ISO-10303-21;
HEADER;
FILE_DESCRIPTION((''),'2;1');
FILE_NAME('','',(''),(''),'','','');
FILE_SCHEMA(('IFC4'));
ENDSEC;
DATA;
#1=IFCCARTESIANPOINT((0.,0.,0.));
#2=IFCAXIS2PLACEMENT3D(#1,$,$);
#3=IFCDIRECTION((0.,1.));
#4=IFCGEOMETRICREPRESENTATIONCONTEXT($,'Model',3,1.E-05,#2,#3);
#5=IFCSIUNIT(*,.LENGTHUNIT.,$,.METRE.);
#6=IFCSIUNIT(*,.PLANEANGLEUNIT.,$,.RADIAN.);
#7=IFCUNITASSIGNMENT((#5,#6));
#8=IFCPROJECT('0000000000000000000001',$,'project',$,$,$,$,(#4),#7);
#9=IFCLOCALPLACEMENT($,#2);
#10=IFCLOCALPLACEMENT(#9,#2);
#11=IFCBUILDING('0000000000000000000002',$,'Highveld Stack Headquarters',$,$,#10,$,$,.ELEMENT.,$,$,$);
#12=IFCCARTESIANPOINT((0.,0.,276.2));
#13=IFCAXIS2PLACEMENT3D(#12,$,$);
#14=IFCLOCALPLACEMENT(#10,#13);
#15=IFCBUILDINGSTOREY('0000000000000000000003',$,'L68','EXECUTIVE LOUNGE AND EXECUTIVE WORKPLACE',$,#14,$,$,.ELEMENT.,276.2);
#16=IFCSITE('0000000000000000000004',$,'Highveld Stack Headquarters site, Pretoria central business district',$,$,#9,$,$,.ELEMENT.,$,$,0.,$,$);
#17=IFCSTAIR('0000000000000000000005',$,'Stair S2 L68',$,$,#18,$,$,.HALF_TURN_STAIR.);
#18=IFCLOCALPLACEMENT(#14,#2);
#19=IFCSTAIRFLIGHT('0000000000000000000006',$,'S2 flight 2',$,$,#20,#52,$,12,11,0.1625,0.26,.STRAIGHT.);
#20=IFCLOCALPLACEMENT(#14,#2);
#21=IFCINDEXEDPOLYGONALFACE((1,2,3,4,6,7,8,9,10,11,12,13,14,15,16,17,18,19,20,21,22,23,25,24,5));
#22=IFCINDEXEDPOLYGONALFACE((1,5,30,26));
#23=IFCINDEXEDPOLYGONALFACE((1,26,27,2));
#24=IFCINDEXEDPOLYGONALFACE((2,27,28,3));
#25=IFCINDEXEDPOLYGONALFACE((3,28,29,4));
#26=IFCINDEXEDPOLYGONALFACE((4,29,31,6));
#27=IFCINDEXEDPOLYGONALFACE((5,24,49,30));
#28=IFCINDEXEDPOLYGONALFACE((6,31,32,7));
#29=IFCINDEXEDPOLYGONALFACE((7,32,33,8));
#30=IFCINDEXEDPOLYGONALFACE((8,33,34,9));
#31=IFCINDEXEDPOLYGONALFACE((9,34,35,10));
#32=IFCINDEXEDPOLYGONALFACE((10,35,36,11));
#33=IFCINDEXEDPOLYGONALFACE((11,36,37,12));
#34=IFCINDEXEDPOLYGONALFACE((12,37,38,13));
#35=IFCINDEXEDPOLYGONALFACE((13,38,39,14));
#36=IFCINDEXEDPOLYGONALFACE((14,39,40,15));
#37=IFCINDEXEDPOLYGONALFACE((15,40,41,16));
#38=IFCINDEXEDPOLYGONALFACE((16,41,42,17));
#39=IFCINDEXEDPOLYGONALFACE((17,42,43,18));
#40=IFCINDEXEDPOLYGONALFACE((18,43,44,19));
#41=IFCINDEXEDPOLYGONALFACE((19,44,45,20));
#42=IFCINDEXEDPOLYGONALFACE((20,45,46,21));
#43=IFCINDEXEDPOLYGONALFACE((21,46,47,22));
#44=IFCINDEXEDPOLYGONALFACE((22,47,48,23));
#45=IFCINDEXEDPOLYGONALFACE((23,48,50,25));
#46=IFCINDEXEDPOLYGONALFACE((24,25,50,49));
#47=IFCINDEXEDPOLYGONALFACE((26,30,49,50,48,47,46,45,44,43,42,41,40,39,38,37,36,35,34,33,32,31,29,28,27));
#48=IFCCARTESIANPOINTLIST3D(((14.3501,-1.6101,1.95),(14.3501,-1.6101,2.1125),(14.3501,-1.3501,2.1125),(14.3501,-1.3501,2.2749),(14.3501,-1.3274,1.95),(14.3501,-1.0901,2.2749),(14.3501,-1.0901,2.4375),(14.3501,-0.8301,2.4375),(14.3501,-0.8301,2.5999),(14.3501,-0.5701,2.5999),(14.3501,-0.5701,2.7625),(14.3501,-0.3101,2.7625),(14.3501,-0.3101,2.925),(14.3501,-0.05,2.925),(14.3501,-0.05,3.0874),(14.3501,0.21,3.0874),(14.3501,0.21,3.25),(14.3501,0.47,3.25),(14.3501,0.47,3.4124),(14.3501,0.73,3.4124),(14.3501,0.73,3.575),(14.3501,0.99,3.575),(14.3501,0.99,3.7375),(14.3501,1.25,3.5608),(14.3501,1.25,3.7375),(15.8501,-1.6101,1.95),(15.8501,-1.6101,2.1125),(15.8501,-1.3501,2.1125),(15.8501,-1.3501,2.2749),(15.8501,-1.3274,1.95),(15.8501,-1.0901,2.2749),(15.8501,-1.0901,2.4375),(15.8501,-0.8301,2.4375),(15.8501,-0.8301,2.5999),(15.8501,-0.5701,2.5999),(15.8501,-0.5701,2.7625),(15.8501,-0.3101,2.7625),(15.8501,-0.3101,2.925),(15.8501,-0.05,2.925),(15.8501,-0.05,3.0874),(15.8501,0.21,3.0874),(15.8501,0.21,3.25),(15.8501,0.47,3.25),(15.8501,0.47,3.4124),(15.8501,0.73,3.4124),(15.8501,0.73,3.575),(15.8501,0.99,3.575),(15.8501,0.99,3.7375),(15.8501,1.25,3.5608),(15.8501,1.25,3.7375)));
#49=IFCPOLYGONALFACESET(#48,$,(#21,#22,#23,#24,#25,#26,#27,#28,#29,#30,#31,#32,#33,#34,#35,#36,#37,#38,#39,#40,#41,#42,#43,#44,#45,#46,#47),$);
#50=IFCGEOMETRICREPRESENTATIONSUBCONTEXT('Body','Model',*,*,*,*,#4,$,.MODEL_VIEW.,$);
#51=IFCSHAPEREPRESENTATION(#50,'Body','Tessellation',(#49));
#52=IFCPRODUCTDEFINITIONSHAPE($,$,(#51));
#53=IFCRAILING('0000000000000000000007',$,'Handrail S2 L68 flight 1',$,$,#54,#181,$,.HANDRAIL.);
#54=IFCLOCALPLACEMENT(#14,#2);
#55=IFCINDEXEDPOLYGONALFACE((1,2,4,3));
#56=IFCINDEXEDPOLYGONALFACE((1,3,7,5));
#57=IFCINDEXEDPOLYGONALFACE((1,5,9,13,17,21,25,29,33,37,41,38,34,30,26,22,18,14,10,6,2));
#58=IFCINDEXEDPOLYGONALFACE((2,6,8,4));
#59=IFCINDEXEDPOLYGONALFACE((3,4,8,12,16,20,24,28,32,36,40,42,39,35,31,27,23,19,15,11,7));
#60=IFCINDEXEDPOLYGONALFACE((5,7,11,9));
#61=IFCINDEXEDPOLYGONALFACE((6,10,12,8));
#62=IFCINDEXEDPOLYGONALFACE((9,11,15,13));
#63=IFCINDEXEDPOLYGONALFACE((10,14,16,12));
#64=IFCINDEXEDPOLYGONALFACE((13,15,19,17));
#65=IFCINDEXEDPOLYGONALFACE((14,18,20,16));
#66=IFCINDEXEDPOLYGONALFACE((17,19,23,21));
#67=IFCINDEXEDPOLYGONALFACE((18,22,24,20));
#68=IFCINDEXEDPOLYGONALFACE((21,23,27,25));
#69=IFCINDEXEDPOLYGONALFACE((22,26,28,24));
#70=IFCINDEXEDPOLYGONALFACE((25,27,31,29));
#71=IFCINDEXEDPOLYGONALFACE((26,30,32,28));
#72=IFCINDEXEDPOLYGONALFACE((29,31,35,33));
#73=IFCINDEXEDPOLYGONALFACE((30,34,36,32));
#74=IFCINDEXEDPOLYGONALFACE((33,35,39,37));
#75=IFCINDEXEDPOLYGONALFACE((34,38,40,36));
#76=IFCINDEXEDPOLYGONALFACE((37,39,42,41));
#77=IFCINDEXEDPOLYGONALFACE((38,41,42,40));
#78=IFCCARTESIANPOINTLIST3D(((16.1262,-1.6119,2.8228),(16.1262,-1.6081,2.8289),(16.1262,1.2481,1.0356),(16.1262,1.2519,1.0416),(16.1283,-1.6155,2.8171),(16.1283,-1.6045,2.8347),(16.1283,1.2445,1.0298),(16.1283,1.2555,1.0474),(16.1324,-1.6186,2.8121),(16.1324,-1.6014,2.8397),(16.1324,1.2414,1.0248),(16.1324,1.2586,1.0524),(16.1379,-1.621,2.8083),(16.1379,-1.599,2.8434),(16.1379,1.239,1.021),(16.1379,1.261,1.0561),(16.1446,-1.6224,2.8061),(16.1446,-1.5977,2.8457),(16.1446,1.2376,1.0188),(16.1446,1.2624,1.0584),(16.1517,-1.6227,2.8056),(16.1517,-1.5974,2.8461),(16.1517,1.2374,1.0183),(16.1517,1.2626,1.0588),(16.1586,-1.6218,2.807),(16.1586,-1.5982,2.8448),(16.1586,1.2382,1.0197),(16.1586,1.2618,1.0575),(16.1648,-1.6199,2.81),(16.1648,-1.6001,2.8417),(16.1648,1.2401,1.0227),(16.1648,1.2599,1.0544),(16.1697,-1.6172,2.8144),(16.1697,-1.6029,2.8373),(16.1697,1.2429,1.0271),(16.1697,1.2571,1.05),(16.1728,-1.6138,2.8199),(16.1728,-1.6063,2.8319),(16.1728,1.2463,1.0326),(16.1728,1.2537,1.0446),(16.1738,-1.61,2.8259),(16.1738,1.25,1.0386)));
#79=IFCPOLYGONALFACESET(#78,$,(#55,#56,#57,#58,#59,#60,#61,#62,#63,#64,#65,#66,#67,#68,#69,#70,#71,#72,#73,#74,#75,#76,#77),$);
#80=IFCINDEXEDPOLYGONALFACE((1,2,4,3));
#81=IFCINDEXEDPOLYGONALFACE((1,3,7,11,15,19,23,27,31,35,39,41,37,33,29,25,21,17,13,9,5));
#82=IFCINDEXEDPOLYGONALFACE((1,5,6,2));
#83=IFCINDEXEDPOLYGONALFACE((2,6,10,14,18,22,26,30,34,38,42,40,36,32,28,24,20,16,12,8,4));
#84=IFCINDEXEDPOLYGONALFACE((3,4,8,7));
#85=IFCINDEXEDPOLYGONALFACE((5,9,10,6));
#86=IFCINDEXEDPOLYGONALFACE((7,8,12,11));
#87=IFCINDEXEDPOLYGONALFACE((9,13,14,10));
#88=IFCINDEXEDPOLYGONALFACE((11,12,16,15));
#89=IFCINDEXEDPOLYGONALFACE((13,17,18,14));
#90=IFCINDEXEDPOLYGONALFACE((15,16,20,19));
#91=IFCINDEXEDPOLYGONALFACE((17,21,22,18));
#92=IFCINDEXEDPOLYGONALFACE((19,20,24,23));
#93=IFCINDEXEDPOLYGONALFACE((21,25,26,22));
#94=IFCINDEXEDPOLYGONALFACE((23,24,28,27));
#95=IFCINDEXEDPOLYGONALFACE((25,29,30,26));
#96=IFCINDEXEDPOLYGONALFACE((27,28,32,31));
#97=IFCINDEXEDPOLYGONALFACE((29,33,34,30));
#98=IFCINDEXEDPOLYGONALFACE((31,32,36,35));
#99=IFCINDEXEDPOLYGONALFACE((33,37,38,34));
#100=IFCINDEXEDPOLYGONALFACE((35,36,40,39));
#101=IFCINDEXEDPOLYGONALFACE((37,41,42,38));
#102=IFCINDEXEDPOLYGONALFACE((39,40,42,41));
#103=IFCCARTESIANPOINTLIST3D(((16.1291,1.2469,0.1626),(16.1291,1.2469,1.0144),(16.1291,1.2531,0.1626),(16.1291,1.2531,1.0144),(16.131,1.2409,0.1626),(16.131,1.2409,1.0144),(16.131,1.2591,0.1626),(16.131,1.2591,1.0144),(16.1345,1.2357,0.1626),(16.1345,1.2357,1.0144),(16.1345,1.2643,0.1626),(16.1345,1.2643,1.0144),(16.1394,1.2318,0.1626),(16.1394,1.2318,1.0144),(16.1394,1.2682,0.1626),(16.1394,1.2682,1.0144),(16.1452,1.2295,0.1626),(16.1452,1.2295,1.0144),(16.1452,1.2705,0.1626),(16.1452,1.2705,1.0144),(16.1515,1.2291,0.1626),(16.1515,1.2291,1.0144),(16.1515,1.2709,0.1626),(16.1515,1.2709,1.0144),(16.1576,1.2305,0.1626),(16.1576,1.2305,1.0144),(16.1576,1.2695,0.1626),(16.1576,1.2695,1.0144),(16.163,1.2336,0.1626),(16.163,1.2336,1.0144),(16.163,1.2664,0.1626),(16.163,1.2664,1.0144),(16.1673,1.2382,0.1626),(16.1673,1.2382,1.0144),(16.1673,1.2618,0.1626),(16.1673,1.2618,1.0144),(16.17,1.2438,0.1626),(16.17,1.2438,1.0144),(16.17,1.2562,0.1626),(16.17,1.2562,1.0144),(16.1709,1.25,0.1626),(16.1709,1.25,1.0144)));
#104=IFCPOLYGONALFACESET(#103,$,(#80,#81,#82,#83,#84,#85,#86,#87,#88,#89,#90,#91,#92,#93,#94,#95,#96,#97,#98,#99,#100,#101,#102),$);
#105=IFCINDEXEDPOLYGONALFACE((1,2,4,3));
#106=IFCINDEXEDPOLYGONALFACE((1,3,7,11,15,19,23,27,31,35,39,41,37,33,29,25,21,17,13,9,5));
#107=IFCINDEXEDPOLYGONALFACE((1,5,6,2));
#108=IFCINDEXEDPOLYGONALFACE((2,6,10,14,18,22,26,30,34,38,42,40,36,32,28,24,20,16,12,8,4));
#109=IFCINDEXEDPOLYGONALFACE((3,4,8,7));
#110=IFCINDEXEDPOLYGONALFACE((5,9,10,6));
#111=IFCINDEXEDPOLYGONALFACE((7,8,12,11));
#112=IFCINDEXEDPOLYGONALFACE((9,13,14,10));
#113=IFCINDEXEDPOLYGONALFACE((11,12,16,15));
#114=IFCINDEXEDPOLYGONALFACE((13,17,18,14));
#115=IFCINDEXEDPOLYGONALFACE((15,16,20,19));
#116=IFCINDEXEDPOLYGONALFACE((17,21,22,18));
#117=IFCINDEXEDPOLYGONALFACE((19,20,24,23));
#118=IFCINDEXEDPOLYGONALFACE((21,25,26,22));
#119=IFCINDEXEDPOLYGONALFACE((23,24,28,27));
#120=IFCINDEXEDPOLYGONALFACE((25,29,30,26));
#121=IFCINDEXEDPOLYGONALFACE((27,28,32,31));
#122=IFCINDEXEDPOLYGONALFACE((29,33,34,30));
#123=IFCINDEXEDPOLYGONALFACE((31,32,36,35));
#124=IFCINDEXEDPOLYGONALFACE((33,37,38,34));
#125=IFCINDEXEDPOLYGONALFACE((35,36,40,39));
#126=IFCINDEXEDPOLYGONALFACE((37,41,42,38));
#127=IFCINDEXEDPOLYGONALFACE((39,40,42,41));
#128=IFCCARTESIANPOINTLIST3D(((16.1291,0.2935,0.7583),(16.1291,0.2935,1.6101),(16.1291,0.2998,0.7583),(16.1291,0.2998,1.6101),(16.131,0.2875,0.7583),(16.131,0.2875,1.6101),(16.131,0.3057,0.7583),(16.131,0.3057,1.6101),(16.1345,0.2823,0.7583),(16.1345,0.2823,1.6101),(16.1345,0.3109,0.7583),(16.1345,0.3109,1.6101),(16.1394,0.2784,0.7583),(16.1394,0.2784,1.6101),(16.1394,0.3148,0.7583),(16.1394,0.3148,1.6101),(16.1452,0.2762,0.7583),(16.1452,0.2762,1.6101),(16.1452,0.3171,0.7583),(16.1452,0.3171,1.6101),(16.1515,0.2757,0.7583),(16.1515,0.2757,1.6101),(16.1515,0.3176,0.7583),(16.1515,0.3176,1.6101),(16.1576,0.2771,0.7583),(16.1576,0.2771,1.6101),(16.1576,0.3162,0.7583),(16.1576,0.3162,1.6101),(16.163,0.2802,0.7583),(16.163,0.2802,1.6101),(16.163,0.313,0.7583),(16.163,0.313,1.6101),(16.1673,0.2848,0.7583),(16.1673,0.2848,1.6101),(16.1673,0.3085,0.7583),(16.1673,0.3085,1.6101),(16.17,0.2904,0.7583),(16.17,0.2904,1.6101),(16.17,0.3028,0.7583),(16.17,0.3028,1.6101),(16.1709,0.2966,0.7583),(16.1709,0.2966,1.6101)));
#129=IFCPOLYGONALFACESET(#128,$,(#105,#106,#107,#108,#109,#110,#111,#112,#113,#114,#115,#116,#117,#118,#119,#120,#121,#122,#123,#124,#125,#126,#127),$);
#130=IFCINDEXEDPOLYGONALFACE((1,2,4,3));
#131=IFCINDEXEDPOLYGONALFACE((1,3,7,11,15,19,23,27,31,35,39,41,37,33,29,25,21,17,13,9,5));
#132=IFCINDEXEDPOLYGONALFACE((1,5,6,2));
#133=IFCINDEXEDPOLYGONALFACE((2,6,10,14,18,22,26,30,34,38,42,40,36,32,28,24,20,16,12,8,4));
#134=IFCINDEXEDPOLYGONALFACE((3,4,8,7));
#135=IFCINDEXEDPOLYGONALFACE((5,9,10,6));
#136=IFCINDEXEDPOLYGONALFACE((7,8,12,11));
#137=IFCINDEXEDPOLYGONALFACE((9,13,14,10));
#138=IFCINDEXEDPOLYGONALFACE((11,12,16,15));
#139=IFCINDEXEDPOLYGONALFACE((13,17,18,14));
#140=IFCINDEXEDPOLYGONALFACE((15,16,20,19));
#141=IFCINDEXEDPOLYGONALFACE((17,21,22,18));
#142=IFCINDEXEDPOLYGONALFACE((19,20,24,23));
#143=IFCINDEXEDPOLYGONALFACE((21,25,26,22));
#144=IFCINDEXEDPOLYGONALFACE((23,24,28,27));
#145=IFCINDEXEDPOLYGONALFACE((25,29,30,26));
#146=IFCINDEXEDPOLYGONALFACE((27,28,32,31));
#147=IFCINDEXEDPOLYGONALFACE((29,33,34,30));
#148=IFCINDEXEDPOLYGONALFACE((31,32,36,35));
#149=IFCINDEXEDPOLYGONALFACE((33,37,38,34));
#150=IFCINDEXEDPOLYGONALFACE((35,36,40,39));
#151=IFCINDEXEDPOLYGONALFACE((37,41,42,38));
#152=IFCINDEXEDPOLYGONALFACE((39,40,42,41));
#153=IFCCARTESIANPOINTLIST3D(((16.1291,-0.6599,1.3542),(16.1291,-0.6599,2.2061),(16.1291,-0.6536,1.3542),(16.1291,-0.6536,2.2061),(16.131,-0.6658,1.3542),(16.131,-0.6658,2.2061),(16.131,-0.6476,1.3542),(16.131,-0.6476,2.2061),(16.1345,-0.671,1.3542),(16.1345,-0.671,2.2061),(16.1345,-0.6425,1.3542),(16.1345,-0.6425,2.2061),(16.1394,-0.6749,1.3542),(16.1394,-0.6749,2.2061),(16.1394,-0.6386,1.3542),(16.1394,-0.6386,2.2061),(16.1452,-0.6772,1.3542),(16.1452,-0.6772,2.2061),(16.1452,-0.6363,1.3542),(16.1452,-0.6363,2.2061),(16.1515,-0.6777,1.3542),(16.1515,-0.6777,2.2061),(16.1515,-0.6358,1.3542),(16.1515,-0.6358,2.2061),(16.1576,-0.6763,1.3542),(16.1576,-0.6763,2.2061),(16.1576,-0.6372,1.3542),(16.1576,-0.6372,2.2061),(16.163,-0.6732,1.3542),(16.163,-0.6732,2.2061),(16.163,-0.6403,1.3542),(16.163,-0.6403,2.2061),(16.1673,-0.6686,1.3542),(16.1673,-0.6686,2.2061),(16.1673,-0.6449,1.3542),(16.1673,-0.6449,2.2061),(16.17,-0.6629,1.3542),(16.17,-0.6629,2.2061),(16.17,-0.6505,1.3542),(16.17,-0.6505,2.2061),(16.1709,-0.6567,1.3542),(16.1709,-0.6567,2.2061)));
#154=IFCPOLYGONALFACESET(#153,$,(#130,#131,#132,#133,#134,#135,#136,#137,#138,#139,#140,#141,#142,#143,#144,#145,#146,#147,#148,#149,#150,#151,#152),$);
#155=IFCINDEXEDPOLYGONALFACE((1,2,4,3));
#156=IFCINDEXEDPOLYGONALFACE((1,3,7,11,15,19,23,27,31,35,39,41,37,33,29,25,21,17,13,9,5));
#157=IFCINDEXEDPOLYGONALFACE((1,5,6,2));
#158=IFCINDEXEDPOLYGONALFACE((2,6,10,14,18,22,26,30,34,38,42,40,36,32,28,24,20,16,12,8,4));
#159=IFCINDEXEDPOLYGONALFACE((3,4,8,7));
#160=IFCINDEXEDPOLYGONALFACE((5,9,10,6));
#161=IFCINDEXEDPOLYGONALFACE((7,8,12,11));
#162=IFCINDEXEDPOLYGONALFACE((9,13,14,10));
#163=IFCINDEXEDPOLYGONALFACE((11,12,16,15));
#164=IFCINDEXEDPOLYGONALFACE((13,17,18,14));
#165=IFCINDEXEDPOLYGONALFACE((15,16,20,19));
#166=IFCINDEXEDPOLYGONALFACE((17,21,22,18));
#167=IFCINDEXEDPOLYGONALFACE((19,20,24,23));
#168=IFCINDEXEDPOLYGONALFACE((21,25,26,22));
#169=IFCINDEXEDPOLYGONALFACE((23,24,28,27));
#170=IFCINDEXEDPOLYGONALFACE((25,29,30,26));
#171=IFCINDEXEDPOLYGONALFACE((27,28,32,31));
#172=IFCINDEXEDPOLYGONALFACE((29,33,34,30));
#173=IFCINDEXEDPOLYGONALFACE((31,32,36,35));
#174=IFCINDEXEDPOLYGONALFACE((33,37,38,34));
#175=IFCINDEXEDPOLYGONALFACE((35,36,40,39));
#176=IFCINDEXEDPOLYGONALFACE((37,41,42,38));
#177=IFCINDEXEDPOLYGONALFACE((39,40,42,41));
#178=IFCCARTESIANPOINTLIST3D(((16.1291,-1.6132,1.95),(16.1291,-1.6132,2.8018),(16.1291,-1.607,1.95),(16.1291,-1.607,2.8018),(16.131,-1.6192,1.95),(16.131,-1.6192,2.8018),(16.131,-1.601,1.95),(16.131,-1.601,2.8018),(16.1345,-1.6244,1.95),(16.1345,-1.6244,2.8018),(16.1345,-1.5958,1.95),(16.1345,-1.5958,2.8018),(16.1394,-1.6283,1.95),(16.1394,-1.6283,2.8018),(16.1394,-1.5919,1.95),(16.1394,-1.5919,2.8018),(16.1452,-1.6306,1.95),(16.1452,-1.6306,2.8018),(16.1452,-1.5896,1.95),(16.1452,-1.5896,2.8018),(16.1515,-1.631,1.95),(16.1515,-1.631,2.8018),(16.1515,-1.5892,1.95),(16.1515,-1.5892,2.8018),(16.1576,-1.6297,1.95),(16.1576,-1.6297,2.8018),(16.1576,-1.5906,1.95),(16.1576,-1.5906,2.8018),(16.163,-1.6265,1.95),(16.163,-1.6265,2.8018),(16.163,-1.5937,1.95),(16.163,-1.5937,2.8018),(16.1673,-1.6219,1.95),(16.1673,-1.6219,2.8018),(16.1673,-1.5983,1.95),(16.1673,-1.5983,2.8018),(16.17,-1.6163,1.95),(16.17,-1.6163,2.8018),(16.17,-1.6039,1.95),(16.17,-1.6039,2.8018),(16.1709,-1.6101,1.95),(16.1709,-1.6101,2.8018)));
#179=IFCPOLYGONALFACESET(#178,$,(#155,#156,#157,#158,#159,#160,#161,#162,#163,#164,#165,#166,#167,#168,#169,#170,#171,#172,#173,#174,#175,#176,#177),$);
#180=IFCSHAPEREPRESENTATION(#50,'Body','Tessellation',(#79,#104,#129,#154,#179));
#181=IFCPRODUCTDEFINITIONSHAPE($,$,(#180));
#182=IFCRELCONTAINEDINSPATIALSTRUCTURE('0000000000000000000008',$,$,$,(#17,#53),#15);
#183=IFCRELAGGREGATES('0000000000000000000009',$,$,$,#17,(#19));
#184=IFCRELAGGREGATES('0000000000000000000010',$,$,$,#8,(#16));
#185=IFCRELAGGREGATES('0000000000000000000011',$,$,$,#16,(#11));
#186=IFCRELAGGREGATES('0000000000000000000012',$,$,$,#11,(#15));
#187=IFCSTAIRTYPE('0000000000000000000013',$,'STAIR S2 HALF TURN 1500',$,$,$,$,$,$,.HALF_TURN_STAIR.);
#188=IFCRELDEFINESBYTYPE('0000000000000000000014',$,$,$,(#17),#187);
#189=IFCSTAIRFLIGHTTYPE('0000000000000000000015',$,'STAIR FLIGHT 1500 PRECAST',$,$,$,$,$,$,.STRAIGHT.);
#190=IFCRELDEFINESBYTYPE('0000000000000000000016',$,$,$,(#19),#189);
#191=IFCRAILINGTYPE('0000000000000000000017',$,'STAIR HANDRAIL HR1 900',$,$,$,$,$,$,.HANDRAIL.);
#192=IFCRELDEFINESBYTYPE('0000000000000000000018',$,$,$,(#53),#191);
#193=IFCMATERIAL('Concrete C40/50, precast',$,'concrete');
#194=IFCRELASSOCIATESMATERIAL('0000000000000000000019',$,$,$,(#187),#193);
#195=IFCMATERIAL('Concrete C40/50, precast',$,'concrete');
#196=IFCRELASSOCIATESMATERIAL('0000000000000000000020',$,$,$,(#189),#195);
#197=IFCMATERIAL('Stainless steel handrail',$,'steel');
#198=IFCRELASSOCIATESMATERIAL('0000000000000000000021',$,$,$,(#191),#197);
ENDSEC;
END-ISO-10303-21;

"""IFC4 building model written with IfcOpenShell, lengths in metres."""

from ifc_helpers import new_model, si_unit, direction, frame, origin, origin_2d, place, context, subcontext, project, spatial, polyline, circle, outline, extrude, material, type_object, element, aggregate, save


model = new_model("IFC4")

# Units and contexts
model_context = context("Model", 3, precision=1e-05, world=origin(), true_north=direction((0.0, 1.0)))
body_context = subcontext(model_context, "Body", "Model", "MODEL_VIEW")
ifc_project = project(units=[si_unit("LENGTHUNIT", "METRE"), si_unit("PLANEANGLEUNIT", "RADIAN")], contexts=[model_context])

# Site, building, storey
site_placement = place(None, origin())
site = spatial("IfcSite", under=ifc_project, at=site_placement, Name="Highveld Stack Headquarters site, Pretoria central business district", CompositionType="ELEMENT", RefElevation=0.0)
building_placement = place(site_placement, origin())
building = spatial("IfcBuilding", under=site, at=building_placement, Name="Highveld Stack Headquarters", CompositionType="ELEMENT")
storey_placement = place(building_placement, frame((0.0, 0.0, 276.2)))
storey = spatial("IfcBuildingStorey", under=building, at=storey_placement, Name="L68", Description="EXECUTIVE LOUNGE AND EXECUTIVE WORKPLACE", CompositionType="ELEMENT", Elevation=276.2)

# Stair, stair flight
ifc_material_1 = material(Name="Concrete C40/50, precast", Category="concrete")
stair_type = type_object("IfcStairType", Name="STAIR S2 HALF TURN 1500", PredefinedType="HALF_TURN_STAIR", material=ifc_material_1)
stair_placement = place(storey_placement, origin())
stair = element("IfcStair", 1, at=stair_placement, inside=storey, type_object=stair_type, Name="Stair S2 L68", PredefinedType="HALF_TURN_STAIR")
ifc_material_2 = material(Name="Concrete C40/50, precast", Category="concrete")
stair_flight_type = type_object("IfcStairFlightType", Name="STAIR FLIGHT 1500 PRECAST", PredefinedType="STRAIGHT", material=ifc_material_2)
stair_flight_1_placement = place(storey_placement, frame((15.1001, -1.6101, 1.95), z_axis=(0.0, 0.0, 1.0), x_axis=(0.0, 1.0, 0.0)))
stair_flight_1 = element("IfcStairFlight", 2, at=stair_flight_1_placement, type_object=stair_flight_type, Name="S2 flight 2", NumberOfRisers=12, NumberOfTreads=11, PredefinedType="STRAIGHT", RiserHeight=0.1625, TreadLength=0.26, context=body_context, shape_type="SweptSolid", body=[
    extrude(outline(polyline([(0.0, 0.0), (0.0, 0.1626), (0.26, 0.1626), (0.26, 0.325), (0.52, 0.325), (0.52, 0.4875), (0.78, 0.4875), (0.78, 0.6499), (1.04, 0.6499), (1.04, 0.8125), (1.3, 0.8125), (1.3, 0.9751), (1.5601, 0.9751), (1.5601, 1.1375), (1.8201, 1.1375), (1.8201, 1.3), (2.0801, 1.3), (2.0801, 1.4624), (2.3401, 1.4624), (2.3401, 1.625), (2.6001, 1.625), (2.6001, 1.7876), (2.8601, 1.7876), (2.8601, 1.95), (2.8601, 1.6108), (0.2827, 0.0), (0.0, 0.0)])), frame((0.0, 0.75, 0.0), z_axis=(0.0, -1.0, 0.0), x_axis=(1.0, 0.0, 0.0)), (0.0, 0.0, 1.0), 1.5),
])
aggregate(stair, [stair_flight_1])

# Railing
ifc_material_3 = material(Name="Stainless steel handrail", Category="steel")
railing_type = type_object("IfcRailingType", Name="STAIR HANDRAIL HR1 900", PredefinedType="HANDRAIL", material=ifc_material_3)
for number, where, name in (
    (3, (16.1499, 1.25, 0.1626), "Handrail S2 L68 flight 1"),
):
    element("IfcRailing", number, at=place(storey_placement, frame(where)), inside=storey, type_object=railing_type, Name=name, PredefinedType="HANDRAIL", context=body_context, shape_type="SweptSolid", body=[
        extrude(circle(Radius=0.0239, at=origin_2d()), frame((0.0, 0.0, 0.876), z_axis=(0.0, -0.848027, 0.529953), x_axis=(1.0, 0.0, 0.0)), (0.0, 0.0, 1.0), 3.3726),
        extrude(circle(Radius=0.021, at=origin_2d()), origin(), (0.0, 0.0, 1.0), 0.8518),
        extrude(circle(Radius=0.021, at=origin_2d()), frame((0.0, -0.9534, 0.5957)), (0.0, 0.0, 1.0), 0.8518),
        extrude(circle(Radius=0.021, at=origin_2d()), frame((0.0, -1.9067, 1.1917)), (0.0, 0.0, 1.0), 0.8518),
        extrude(circle(Radius=0.021, at=origin_2d()), frame((0.0, -2.8601, 1.7874)), (0.0, 0.0, 1.0), 0.8518),
    ])

save(model, "model.ifc")
